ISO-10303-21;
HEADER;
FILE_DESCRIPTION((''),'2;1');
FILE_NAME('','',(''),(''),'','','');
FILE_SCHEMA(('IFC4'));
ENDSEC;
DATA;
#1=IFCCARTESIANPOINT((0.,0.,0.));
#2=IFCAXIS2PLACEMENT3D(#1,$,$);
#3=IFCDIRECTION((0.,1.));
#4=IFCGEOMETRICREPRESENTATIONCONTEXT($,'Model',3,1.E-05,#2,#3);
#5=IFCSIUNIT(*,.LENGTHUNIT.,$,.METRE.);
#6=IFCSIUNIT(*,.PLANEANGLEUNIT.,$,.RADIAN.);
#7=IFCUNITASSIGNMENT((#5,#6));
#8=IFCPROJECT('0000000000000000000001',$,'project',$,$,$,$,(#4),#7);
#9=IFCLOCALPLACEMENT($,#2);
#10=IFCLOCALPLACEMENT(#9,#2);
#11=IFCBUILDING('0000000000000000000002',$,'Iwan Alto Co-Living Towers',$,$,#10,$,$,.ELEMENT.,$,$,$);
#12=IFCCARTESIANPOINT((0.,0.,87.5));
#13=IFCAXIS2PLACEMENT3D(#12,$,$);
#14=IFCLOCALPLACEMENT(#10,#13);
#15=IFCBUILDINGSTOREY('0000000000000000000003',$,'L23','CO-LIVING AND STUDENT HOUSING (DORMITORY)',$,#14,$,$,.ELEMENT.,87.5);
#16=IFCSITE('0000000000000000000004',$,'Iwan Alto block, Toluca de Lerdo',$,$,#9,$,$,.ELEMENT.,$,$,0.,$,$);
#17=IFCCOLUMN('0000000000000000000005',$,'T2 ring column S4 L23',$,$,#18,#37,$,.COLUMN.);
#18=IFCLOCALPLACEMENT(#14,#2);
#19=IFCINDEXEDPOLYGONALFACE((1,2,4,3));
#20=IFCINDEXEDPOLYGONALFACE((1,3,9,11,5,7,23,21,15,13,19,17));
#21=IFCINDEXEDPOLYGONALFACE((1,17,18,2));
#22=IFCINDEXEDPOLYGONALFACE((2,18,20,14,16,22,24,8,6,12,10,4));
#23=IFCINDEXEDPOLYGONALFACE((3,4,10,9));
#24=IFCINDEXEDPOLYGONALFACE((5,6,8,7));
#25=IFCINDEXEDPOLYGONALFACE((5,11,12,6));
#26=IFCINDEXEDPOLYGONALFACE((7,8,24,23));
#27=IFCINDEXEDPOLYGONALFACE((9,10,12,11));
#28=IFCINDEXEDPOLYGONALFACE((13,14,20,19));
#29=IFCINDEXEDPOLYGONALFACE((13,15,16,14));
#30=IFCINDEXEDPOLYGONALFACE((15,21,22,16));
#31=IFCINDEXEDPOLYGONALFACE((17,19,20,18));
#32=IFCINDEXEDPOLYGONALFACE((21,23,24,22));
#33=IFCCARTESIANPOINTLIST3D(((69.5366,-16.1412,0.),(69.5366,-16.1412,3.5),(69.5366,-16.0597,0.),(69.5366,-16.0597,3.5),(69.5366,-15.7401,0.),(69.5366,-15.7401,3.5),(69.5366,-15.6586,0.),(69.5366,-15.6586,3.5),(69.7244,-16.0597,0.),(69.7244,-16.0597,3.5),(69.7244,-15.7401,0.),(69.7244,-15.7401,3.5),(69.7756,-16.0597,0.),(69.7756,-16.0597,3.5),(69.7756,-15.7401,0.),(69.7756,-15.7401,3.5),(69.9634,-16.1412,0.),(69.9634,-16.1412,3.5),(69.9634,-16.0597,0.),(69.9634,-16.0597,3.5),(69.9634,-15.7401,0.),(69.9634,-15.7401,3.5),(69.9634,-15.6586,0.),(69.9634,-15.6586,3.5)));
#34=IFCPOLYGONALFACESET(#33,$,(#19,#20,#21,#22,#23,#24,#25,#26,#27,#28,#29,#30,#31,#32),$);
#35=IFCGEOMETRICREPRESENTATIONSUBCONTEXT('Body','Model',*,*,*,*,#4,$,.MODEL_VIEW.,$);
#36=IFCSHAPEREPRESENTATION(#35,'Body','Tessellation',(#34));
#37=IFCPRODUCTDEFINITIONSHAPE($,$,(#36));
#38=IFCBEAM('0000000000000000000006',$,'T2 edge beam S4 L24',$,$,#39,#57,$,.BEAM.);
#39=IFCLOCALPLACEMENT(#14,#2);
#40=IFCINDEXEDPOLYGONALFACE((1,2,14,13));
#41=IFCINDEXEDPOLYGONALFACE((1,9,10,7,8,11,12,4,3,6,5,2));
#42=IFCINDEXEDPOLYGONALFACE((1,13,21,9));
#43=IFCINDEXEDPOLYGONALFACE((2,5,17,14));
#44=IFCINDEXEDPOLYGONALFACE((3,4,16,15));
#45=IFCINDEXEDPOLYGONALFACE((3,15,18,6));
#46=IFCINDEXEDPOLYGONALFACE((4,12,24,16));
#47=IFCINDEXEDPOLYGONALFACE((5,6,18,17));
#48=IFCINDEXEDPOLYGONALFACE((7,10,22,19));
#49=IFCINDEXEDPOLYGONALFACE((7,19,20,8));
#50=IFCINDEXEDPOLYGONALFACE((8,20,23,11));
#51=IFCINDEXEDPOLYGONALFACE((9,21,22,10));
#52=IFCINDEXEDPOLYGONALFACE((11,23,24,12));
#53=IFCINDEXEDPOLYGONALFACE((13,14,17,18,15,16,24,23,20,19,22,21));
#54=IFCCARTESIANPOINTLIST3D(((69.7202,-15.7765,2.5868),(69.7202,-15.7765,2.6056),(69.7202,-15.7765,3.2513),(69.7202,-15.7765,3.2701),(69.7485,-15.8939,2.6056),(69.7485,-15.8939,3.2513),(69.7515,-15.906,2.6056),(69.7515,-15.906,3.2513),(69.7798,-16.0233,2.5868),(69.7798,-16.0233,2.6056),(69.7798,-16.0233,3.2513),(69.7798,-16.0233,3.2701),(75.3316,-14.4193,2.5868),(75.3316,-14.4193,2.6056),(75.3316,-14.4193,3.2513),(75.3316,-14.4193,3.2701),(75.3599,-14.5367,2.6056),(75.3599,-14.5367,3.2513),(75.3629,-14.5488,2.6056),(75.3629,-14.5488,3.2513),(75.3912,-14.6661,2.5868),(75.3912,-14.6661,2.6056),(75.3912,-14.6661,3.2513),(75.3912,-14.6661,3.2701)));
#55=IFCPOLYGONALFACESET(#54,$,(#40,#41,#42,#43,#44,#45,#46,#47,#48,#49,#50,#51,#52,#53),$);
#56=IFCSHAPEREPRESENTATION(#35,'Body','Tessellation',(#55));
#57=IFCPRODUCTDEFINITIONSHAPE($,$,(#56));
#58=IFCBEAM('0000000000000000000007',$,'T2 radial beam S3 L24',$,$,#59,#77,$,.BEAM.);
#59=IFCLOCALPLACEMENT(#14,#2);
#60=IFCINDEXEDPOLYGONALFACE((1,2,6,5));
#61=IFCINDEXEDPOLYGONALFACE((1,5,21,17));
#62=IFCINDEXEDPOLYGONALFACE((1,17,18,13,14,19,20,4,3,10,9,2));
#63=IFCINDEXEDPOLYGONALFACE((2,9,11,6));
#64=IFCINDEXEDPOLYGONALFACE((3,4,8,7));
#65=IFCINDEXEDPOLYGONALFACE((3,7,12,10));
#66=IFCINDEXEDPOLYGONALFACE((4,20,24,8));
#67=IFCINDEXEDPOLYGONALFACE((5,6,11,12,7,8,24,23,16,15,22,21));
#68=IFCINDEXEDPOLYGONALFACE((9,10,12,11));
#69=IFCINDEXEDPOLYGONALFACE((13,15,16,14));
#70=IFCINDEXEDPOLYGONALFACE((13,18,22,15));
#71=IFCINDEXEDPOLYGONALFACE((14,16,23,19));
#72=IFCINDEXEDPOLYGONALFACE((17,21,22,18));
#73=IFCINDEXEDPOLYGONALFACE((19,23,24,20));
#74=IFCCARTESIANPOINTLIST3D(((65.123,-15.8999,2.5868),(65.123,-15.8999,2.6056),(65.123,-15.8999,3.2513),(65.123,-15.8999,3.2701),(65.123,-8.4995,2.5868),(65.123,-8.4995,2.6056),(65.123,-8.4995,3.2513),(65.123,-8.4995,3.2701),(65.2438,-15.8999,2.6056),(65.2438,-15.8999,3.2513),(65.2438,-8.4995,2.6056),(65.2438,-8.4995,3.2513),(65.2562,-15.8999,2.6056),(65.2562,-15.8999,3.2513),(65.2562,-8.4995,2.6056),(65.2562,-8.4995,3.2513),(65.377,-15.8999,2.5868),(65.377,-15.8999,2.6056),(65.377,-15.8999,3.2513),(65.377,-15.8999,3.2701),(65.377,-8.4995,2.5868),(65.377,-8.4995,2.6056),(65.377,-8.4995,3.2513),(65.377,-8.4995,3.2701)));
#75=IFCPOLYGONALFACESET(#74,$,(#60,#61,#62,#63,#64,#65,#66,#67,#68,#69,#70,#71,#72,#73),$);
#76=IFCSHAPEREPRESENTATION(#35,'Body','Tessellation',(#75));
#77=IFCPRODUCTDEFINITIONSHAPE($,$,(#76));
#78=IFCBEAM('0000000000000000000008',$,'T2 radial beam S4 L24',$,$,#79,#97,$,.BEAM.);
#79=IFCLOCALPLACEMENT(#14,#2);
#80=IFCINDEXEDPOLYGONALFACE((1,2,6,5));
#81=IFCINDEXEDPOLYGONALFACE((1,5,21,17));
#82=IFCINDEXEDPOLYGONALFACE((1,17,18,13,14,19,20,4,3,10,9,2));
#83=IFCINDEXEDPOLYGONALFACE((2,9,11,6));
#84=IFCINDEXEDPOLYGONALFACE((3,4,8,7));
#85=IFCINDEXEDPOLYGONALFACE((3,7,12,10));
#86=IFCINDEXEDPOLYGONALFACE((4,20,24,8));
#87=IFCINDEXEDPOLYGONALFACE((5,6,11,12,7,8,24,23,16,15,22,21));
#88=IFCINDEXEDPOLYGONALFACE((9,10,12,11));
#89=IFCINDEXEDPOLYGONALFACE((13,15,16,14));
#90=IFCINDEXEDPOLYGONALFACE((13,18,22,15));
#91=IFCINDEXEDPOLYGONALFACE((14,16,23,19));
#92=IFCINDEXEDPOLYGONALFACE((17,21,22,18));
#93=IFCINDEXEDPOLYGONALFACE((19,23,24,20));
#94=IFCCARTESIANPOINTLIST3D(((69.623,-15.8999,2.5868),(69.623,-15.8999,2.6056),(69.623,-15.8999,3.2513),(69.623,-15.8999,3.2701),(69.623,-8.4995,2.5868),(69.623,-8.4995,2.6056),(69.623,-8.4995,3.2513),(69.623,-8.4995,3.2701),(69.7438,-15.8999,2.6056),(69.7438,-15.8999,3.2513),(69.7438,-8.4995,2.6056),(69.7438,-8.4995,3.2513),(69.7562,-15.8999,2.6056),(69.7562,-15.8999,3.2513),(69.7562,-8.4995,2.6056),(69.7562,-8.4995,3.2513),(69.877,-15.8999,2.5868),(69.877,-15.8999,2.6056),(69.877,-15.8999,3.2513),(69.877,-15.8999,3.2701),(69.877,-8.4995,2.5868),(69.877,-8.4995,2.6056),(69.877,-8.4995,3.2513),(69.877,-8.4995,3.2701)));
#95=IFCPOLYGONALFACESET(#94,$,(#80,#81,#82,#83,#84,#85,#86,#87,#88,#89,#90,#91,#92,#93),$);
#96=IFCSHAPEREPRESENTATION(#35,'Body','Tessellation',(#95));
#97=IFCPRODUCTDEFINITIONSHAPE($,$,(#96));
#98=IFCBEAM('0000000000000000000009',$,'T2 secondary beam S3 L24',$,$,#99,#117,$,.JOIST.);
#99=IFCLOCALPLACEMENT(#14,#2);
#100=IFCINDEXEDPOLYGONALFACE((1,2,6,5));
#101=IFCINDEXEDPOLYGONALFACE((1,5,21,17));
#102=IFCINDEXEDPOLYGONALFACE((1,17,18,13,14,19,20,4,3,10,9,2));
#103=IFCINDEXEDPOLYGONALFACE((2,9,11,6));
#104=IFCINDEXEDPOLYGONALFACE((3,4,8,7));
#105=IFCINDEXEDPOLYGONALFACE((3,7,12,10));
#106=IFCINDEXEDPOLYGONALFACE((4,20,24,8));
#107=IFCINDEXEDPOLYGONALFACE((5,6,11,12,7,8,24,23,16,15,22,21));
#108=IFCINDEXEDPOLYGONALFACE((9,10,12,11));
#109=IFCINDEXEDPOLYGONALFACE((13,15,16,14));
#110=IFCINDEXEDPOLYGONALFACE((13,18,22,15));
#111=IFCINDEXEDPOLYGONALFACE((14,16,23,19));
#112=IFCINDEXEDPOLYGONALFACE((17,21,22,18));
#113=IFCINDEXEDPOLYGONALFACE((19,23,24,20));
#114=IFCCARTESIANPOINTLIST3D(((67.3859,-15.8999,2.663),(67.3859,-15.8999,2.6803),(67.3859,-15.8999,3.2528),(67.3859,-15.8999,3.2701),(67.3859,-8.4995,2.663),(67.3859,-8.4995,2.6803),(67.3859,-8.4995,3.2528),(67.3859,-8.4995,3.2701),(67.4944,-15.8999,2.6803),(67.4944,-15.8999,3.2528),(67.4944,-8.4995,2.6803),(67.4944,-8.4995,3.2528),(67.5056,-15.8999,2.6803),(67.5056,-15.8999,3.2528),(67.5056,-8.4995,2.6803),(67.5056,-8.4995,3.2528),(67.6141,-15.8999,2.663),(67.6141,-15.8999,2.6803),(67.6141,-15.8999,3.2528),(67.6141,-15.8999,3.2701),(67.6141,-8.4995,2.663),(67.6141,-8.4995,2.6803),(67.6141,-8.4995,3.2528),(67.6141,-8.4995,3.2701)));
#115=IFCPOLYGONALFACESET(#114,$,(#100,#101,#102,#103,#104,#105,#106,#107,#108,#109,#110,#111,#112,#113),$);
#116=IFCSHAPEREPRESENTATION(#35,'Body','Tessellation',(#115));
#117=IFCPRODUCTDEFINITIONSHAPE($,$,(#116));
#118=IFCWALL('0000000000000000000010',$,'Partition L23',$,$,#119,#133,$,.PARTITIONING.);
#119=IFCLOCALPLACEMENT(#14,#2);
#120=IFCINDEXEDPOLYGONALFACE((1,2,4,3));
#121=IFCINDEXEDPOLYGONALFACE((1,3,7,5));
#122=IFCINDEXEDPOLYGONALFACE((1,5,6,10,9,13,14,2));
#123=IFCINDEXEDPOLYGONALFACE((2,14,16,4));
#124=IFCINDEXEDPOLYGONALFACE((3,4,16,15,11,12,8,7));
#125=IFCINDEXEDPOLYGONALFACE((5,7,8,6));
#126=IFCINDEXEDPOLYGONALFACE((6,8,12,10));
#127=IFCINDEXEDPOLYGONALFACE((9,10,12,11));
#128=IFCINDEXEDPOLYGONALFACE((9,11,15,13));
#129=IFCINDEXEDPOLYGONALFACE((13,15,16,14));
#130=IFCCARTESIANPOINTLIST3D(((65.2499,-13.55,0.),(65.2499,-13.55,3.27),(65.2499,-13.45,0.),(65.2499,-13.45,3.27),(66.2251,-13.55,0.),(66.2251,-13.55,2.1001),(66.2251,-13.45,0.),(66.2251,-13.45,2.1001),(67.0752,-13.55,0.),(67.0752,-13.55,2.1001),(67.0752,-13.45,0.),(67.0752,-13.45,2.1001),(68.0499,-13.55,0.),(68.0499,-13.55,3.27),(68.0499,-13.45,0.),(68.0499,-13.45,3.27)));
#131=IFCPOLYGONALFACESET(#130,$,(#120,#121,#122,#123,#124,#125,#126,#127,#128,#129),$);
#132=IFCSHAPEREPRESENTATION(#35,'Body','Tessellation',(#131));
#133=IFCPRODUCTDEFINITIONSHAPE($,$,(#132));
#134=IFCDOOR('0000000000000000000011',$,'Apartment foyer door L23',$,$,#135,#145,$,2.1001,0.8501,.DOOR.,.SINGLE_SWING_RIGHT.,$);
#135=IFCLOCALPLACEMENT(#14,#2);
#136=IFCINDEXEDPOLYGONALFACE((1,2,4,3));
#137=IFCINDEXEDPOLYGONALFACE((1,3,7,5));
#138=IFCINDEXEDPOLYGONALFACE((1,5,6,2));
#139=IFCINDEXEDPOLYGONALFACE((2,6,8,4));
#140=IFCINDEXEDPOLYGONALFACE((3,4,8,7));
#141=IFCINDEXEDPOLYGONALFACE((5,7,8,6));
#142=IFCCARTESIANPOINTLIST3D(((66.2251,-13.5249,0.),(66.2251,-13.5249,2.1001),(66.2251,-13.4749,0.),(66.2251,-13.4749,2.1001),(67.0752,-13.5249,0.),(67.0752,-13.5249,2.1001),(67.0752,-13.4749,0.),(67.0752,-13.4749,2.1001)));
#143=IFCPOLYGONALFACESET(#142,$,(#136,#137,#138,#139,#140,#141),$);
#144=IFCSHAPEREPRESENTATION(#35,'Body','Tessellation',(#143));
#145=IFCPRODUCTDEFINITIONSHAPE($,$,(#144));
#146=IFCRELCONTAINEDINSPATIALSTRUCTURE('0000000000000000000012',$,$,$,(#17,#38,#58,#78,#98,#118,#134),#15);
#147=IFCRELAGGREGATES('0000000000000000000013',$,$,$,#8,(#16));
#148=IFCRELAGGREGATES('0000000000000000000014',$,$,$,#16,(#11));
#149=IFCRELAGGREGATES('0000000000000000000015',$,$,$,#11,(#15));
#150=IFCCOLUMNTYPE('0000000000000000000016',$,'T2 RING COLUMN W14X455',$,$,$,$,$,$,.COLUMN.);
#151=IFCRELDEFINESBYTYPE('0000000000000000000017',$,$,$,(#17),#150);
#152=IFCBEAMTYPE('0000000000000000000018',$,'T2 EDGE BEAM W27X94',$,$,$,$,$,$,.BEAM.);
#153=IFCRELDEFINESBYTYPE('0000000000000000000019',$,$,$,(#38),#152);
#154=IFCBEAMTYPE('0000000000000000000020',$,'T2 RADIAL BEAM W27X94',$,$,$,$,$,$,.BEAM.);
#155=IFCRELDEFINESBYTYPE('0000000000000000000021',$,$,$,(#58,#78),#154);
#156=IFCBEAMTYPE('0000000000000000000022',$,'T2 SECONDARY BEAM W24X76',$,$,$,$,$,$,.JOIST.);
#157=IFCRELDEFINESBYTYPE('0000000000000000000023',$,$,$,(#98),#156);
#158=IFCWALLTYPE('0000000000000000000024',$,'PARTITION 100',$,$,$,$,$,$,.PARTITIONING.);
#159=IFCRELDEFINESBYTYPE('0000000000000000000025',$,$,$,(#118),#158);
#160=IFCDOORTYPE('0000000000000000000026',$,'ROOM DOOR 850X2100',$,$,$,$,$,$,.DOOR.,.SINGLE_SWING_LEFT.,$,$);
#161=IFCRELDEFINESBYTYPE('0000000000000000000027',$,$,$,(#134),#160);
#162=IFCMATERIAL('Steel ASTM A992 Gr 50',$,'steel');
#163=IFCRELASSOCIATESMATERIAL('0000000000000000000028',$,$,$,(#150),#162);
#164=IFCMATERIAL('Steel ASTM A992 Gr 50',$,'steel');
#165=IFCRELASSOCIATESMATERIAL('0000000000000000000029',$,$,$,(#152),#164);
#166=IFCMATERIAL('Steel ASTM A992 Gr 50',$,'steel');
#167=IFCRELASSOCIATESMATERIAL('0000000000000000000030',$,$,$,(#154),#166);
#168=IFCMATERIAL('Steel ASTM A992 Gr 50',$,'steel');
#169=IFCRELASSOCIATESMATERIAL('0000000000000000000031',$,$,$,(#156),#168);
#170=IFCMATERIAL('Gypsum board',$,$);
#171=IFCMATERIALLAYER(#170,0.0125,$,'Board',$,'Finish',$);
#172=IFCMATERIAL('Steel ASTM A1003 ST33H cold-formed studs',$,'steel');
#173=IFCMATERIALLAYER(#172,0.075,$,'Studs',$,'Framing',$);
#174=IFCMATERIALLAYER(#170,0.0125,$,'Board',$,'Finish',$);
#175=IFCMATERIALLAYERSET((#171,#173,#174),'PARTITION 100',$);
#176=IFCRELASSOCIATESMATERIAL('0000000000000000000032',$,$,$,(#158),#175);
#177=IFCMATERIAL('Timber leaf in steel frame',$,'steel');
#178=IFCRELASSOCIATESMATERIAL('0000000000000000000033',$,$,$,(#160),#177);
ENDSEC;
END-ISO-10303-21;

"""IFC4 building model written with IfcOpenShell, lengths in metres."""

from ifc_helpers import new_model, si_unit, direction, frame, frame_2d, origin, origin_2d, place, context, subcontext, project, spatial, rectangle, i_section, extrude, material, layer, layer_set, material_profile, profile_set, type_object, element, fill, save


model = new_model("IFC4")

# Units and contexts
model_context = context("Model", 3, precision=1e-05, world=origin(), true_north=direction((0.0, 1.0)))
body_context = subcontext(model_context, "Body", "Model", "MODEL_VIEW")
ifc_project = project(units=[si_unit("LENGTHUNIT", "METRE"), si_unit("PLANEANGLEUNIT", "RADIAN")], contexts=[model_context])

# Site, building, storey
site_placement = place(None, origin())
site = spatial("IfcSite", under=ifc_project, at=site_placement, Name="Iwan Alto block, Toluca de Lerdo", CompositionType="ELEMENT", RefElevation=0.0)
building_placement = place(site_placement, origin())
building = spatial("IfcBuilding", under=site, at=building_placement, Name="Iwan Alto Co-Living Towers", CompositionType="ELEMENT")
storey_placement = place(building_placement, frame((0.0, 0.0, 87.5)))
storey = spatial("IfcBuildingStorey", under=building, at=storey_placement, Name="L23", Description="CO-LIVING AND STUDENT HOUSING (DORMITORY)", CompositionType="ELEMENT", Elevation=87.5)

# Column
ifc_material_1 = material(Name="Steel ASTM A992 Gr 50", Category="steel")
ifc_material_profile_1 = material_profile(ifc_material_1, i_section(OverallWidth=0.4268, OverallDepth=0.4827, WebThickness=0.0513, FlangeThickness=0.0815, at=origin_2d()), Name="W14X455")
ifc_profile_set_1 = profile_set([ifc_material_profile_1], Name="Steel ASTM A992 Gr 50")
column_type = type_object("IfcColumnType", Name="T2 RING COLUMN W14X455", PredefinedType="COLUMN", material=ifc_profile_set_1)
column_placement = place(storey_placement, frame((69.75, -15.8999, 0.0), z_axis=(0.0, 0.0, 1.0), x_axis=(1.0, 0.0, 0.0)))
element("IfcColumn", 1, at=column_placement, inside=storey, type_object=column_type, Name="T2 ring column S4 L23", PredefinedType="COLUMN", context=body_context, shape_type="SweptSolid", body=[
    extrude(i_section(OverallWidth=0.4268, OverallDepth=0.4827, WebThickness=0.0513, FlangeThickness=0.0815, at=origin_2d()), origin(), (0.0, 0.0, 1.0), 3.5),
])

# Beams
ifc_material_2 = material(Name="Steel ASTM A992 Gr 50", Category="steel")
ifc_material_profile_2 = material_profile(ifc_material_2, i_section(OverallWidth=0.2539, OverallDepth=0.6833, WebThickness=0.0125, FlangeThickness=0.0188, at=origin_2d()), Name="W27X94")
ifc_profile_set_2 = profile_set([ifc_material_profile_2], Name="Steel ASTM A992 Gr 50")
beam_type_1 = type_object("IfcBeamType", Name="T2 EDGE BEAM W27X94", PredefinedType="BEAM", material=ifc_profile_set_2)
beam_1_placement = place(storey_placement, frame((69.75, -15.8999, 2.9285), z_axis=(0.971975, 0.235086, 0.0), x_axis=(-0.235086, 0.971975, 0.0)))
element("IfcBeam", 2, at=beam_1_placement, inside=storey, type_object=beam_type_1, Name="T2 edge beam S4 L24", PredefinedType="BEAM", context=body_context, shape_type="SweptSolid", body=[
    extrude(i_section(OverallWidth=0.2539, OverallDepth=0.6833, WebThickness=0.0125, FlangeThickness=0.0188, at=origin_2d()), origin(), (0.0, 0.0, 1.0), 5.7732),
])
ifc_material_3 = material(Name="Steel ASTM A992 Gr 50", Category="steel")
ifc_material_profile_3 = material_profile(ifc_material_3, i_section(OverallWidth=0.2539, OverallDepth=0.6833, WebThickness=0.0125, FlangeThickness=0.0188, at=origin_2d()), Name="W27X94")
ifc_profile_set_3 = profile_set([ifc_material_profile_3], Name="Steel ASTM A992 Gr 50")
beam_type_2 = type_object("IfcBeamType", Name="T2 RADIAL BEAM W27X94", PredefinedType="BEAM", material=ifc_profile_set_3)
for number, where, z_axis, x_axis, name in (
    (3, (65.25, -15.8999, 2.9285), (0.0, 1.0, 0.0), (-1.0, 0.0, 0.0), "T2 radial beam S3 L24"),
    (4, (69.75, -15.8999, 2.9285), (0.0, 1.0, 0.0), (-1.0, 0.0, 0.0), "T2 radial beam S4 L24"),
):
    element("IfcBeam", number, at=place(storey_placement, frame(where, z_axis=z_axis, x_axis=x_axis)), inside=storey, type_object=beam_type_2, Name=name, PredefinedType="BEAM", context=body_context, shape_type="SweptSolid", body=[
        extrude(i_section(OverallWidth=0.2539, OverallDepth=0.6833, WebThickness=0.0125, FlangeThickness=0.0188, at=origin_2d()), origin(), (0.0, 0.0, 1.0), 7.4004),
    ])
ifc_material_4 = material(Name="Steel ASTM A992 Gr 50", Category="steel")
ifc_material_profile_4 = material_profile(ifc_material_4, i_section(OverallWidth=0.2283, OverallDepth=0.6072, WebThickness=0.0112, FlangeThickness=0.0173, at=origin_2d()), Name="W24X76")
ifc_profile_set_4 = profile_set([ifc_material_profile_4], Name="Steel ASTM A992 Gr 50")
beam_type_3 = type_object("IfcBeamType", Name="T2 SECONDARY BEAM W24X76", PredefinedType="JOIST", material=ifc_profile_set_4)
beam_2_placement = place(storey_placement, frame((67.5, -15.8999, 2.9666), z_axis=(0.0, 1.0, 0.0), x_axis=(-1.0, 0.0, 0.0)))
element("IfcBeam", 5, at=beam_2_placement, inside=storey, type_object=beam_type_3, Name="T2 secondary beam S3 L24", PredefinedType="JOIST", context=body_context, shape_type="SweptSolid", body=[
    extrude(i_section(OverallWidth=0.2283, OverallDepth=0.6072, WebThickness=0.0112, FlangeThickness=0.0173, at=origin_2d()), origin(), (0.0, 0.0, 1.0), 7.4004),
])

# Wall, opening, door
ifc_material_5 = material(Name="Gypsum board")
ifc_layer_1 = layer(ifc_material_5, 0.0125, Name="Board", Category="Finish")
ifc_material_6 = material(Name="Steel ASTM A1003 ST33H cold-formed studs", Category="steel")
ifc_layer_2 = layer(ifc_material_6, 0.075, Name="Studs", Category="Framing")
ifc_layer_3 = layer(ifc_material_5, 0.0125, Name="Board", Category="Finish")
ifc_layer_set_1 = layer_set([ifc_layer_1, ifc_layer_2, ifc_layer_3], Name="PARTITION 100")
wall_type_1 = type_object("IfcWallType", Name="PARTITION 100", PredefinedType="PARTITIONING", material=ifc_layer_set_1)
wall_1_placement = place(storey_placement, frame((65.25, -13.5, 0.0), z_axis=(0.0, 0.0, 1.0), x_axis=(1.0, 0.0, 0.0)))
wall_1 = element("IfcWall", 6, at=wall_1_placement, inside=storey, type_object=wall_type_1, Name="Partition L23", PredefinedType="PARTITIONING", context=body_context, shape_type="SweptSolid", body=[
    extrude(rectangle(XDim=2.8, YDim=0.1001, at=frame_2d((1.3999, 0.0))), origin(), (0.0, 0.0, 1.0), 3.27),
])
opening_1_placement = place(wall_1_placement, frame((0.9751, 0.0, 0.0)))
opening_1 = element("IfcOpeningElement", 7, at=opening_1_placement, cuts=wall_1, PredefinedType="OPENING", context=body_context, shape_type="SweptSolid", body=[
    extrude(rectangle(XDim=0.8501, YDim=2.1001, at=frame_2d((0.425, 1.05))), frame((0.0, 0.0601, 0.0), z_axis=(0.0, -1.0, 0.0), x_axis=(1.0, 0.0, 0.0)), (0.0, 0.0, 1.0), 0.1201),
])
ifc_material_7 = material(Name="Timber leaf in steel frame", Category="steel")
door_type_1 = type_object("IfcDoorType", Name="ROOM DOOR 850X2100", OperationType="SINGLE_SWING_LEFT", PredefinedType="DOOR", material=ifc_material_7)
door_1_placement = place(opening_1_placement, frame((0.8501, 0.0, 0.0), z_axis=(0.0, 0.0, 1.0), x_axis=(-1.0, 0.0, 0.0)))
door_1 = element("IfcDoor", 8, at=door_1_placement, inside=storey, type_object=door_type_1, Name="Apartment foyer door L23", OperationType="SINGLE_SWING_RIGHT", OverallHeight=2.1001, OverallWidth=0.8501, PredefinedType="DOOR", context=body_context, shape_type="SweptSolid", body=[
    extrude(rectangle(XDim=0.8501, YDim=2.1001, at=frame_2d((0.425, 1.05))), frame((0.0, 0.0249, 0.0), z_axis=(0.0, -1.0, 0.0), x_axis=(1.0, 0.0, 0.0)), (0.0, 0.0, 1.0), 0.05),
])
fill(opening_1, door_1)

save(model, "model.ifc")
